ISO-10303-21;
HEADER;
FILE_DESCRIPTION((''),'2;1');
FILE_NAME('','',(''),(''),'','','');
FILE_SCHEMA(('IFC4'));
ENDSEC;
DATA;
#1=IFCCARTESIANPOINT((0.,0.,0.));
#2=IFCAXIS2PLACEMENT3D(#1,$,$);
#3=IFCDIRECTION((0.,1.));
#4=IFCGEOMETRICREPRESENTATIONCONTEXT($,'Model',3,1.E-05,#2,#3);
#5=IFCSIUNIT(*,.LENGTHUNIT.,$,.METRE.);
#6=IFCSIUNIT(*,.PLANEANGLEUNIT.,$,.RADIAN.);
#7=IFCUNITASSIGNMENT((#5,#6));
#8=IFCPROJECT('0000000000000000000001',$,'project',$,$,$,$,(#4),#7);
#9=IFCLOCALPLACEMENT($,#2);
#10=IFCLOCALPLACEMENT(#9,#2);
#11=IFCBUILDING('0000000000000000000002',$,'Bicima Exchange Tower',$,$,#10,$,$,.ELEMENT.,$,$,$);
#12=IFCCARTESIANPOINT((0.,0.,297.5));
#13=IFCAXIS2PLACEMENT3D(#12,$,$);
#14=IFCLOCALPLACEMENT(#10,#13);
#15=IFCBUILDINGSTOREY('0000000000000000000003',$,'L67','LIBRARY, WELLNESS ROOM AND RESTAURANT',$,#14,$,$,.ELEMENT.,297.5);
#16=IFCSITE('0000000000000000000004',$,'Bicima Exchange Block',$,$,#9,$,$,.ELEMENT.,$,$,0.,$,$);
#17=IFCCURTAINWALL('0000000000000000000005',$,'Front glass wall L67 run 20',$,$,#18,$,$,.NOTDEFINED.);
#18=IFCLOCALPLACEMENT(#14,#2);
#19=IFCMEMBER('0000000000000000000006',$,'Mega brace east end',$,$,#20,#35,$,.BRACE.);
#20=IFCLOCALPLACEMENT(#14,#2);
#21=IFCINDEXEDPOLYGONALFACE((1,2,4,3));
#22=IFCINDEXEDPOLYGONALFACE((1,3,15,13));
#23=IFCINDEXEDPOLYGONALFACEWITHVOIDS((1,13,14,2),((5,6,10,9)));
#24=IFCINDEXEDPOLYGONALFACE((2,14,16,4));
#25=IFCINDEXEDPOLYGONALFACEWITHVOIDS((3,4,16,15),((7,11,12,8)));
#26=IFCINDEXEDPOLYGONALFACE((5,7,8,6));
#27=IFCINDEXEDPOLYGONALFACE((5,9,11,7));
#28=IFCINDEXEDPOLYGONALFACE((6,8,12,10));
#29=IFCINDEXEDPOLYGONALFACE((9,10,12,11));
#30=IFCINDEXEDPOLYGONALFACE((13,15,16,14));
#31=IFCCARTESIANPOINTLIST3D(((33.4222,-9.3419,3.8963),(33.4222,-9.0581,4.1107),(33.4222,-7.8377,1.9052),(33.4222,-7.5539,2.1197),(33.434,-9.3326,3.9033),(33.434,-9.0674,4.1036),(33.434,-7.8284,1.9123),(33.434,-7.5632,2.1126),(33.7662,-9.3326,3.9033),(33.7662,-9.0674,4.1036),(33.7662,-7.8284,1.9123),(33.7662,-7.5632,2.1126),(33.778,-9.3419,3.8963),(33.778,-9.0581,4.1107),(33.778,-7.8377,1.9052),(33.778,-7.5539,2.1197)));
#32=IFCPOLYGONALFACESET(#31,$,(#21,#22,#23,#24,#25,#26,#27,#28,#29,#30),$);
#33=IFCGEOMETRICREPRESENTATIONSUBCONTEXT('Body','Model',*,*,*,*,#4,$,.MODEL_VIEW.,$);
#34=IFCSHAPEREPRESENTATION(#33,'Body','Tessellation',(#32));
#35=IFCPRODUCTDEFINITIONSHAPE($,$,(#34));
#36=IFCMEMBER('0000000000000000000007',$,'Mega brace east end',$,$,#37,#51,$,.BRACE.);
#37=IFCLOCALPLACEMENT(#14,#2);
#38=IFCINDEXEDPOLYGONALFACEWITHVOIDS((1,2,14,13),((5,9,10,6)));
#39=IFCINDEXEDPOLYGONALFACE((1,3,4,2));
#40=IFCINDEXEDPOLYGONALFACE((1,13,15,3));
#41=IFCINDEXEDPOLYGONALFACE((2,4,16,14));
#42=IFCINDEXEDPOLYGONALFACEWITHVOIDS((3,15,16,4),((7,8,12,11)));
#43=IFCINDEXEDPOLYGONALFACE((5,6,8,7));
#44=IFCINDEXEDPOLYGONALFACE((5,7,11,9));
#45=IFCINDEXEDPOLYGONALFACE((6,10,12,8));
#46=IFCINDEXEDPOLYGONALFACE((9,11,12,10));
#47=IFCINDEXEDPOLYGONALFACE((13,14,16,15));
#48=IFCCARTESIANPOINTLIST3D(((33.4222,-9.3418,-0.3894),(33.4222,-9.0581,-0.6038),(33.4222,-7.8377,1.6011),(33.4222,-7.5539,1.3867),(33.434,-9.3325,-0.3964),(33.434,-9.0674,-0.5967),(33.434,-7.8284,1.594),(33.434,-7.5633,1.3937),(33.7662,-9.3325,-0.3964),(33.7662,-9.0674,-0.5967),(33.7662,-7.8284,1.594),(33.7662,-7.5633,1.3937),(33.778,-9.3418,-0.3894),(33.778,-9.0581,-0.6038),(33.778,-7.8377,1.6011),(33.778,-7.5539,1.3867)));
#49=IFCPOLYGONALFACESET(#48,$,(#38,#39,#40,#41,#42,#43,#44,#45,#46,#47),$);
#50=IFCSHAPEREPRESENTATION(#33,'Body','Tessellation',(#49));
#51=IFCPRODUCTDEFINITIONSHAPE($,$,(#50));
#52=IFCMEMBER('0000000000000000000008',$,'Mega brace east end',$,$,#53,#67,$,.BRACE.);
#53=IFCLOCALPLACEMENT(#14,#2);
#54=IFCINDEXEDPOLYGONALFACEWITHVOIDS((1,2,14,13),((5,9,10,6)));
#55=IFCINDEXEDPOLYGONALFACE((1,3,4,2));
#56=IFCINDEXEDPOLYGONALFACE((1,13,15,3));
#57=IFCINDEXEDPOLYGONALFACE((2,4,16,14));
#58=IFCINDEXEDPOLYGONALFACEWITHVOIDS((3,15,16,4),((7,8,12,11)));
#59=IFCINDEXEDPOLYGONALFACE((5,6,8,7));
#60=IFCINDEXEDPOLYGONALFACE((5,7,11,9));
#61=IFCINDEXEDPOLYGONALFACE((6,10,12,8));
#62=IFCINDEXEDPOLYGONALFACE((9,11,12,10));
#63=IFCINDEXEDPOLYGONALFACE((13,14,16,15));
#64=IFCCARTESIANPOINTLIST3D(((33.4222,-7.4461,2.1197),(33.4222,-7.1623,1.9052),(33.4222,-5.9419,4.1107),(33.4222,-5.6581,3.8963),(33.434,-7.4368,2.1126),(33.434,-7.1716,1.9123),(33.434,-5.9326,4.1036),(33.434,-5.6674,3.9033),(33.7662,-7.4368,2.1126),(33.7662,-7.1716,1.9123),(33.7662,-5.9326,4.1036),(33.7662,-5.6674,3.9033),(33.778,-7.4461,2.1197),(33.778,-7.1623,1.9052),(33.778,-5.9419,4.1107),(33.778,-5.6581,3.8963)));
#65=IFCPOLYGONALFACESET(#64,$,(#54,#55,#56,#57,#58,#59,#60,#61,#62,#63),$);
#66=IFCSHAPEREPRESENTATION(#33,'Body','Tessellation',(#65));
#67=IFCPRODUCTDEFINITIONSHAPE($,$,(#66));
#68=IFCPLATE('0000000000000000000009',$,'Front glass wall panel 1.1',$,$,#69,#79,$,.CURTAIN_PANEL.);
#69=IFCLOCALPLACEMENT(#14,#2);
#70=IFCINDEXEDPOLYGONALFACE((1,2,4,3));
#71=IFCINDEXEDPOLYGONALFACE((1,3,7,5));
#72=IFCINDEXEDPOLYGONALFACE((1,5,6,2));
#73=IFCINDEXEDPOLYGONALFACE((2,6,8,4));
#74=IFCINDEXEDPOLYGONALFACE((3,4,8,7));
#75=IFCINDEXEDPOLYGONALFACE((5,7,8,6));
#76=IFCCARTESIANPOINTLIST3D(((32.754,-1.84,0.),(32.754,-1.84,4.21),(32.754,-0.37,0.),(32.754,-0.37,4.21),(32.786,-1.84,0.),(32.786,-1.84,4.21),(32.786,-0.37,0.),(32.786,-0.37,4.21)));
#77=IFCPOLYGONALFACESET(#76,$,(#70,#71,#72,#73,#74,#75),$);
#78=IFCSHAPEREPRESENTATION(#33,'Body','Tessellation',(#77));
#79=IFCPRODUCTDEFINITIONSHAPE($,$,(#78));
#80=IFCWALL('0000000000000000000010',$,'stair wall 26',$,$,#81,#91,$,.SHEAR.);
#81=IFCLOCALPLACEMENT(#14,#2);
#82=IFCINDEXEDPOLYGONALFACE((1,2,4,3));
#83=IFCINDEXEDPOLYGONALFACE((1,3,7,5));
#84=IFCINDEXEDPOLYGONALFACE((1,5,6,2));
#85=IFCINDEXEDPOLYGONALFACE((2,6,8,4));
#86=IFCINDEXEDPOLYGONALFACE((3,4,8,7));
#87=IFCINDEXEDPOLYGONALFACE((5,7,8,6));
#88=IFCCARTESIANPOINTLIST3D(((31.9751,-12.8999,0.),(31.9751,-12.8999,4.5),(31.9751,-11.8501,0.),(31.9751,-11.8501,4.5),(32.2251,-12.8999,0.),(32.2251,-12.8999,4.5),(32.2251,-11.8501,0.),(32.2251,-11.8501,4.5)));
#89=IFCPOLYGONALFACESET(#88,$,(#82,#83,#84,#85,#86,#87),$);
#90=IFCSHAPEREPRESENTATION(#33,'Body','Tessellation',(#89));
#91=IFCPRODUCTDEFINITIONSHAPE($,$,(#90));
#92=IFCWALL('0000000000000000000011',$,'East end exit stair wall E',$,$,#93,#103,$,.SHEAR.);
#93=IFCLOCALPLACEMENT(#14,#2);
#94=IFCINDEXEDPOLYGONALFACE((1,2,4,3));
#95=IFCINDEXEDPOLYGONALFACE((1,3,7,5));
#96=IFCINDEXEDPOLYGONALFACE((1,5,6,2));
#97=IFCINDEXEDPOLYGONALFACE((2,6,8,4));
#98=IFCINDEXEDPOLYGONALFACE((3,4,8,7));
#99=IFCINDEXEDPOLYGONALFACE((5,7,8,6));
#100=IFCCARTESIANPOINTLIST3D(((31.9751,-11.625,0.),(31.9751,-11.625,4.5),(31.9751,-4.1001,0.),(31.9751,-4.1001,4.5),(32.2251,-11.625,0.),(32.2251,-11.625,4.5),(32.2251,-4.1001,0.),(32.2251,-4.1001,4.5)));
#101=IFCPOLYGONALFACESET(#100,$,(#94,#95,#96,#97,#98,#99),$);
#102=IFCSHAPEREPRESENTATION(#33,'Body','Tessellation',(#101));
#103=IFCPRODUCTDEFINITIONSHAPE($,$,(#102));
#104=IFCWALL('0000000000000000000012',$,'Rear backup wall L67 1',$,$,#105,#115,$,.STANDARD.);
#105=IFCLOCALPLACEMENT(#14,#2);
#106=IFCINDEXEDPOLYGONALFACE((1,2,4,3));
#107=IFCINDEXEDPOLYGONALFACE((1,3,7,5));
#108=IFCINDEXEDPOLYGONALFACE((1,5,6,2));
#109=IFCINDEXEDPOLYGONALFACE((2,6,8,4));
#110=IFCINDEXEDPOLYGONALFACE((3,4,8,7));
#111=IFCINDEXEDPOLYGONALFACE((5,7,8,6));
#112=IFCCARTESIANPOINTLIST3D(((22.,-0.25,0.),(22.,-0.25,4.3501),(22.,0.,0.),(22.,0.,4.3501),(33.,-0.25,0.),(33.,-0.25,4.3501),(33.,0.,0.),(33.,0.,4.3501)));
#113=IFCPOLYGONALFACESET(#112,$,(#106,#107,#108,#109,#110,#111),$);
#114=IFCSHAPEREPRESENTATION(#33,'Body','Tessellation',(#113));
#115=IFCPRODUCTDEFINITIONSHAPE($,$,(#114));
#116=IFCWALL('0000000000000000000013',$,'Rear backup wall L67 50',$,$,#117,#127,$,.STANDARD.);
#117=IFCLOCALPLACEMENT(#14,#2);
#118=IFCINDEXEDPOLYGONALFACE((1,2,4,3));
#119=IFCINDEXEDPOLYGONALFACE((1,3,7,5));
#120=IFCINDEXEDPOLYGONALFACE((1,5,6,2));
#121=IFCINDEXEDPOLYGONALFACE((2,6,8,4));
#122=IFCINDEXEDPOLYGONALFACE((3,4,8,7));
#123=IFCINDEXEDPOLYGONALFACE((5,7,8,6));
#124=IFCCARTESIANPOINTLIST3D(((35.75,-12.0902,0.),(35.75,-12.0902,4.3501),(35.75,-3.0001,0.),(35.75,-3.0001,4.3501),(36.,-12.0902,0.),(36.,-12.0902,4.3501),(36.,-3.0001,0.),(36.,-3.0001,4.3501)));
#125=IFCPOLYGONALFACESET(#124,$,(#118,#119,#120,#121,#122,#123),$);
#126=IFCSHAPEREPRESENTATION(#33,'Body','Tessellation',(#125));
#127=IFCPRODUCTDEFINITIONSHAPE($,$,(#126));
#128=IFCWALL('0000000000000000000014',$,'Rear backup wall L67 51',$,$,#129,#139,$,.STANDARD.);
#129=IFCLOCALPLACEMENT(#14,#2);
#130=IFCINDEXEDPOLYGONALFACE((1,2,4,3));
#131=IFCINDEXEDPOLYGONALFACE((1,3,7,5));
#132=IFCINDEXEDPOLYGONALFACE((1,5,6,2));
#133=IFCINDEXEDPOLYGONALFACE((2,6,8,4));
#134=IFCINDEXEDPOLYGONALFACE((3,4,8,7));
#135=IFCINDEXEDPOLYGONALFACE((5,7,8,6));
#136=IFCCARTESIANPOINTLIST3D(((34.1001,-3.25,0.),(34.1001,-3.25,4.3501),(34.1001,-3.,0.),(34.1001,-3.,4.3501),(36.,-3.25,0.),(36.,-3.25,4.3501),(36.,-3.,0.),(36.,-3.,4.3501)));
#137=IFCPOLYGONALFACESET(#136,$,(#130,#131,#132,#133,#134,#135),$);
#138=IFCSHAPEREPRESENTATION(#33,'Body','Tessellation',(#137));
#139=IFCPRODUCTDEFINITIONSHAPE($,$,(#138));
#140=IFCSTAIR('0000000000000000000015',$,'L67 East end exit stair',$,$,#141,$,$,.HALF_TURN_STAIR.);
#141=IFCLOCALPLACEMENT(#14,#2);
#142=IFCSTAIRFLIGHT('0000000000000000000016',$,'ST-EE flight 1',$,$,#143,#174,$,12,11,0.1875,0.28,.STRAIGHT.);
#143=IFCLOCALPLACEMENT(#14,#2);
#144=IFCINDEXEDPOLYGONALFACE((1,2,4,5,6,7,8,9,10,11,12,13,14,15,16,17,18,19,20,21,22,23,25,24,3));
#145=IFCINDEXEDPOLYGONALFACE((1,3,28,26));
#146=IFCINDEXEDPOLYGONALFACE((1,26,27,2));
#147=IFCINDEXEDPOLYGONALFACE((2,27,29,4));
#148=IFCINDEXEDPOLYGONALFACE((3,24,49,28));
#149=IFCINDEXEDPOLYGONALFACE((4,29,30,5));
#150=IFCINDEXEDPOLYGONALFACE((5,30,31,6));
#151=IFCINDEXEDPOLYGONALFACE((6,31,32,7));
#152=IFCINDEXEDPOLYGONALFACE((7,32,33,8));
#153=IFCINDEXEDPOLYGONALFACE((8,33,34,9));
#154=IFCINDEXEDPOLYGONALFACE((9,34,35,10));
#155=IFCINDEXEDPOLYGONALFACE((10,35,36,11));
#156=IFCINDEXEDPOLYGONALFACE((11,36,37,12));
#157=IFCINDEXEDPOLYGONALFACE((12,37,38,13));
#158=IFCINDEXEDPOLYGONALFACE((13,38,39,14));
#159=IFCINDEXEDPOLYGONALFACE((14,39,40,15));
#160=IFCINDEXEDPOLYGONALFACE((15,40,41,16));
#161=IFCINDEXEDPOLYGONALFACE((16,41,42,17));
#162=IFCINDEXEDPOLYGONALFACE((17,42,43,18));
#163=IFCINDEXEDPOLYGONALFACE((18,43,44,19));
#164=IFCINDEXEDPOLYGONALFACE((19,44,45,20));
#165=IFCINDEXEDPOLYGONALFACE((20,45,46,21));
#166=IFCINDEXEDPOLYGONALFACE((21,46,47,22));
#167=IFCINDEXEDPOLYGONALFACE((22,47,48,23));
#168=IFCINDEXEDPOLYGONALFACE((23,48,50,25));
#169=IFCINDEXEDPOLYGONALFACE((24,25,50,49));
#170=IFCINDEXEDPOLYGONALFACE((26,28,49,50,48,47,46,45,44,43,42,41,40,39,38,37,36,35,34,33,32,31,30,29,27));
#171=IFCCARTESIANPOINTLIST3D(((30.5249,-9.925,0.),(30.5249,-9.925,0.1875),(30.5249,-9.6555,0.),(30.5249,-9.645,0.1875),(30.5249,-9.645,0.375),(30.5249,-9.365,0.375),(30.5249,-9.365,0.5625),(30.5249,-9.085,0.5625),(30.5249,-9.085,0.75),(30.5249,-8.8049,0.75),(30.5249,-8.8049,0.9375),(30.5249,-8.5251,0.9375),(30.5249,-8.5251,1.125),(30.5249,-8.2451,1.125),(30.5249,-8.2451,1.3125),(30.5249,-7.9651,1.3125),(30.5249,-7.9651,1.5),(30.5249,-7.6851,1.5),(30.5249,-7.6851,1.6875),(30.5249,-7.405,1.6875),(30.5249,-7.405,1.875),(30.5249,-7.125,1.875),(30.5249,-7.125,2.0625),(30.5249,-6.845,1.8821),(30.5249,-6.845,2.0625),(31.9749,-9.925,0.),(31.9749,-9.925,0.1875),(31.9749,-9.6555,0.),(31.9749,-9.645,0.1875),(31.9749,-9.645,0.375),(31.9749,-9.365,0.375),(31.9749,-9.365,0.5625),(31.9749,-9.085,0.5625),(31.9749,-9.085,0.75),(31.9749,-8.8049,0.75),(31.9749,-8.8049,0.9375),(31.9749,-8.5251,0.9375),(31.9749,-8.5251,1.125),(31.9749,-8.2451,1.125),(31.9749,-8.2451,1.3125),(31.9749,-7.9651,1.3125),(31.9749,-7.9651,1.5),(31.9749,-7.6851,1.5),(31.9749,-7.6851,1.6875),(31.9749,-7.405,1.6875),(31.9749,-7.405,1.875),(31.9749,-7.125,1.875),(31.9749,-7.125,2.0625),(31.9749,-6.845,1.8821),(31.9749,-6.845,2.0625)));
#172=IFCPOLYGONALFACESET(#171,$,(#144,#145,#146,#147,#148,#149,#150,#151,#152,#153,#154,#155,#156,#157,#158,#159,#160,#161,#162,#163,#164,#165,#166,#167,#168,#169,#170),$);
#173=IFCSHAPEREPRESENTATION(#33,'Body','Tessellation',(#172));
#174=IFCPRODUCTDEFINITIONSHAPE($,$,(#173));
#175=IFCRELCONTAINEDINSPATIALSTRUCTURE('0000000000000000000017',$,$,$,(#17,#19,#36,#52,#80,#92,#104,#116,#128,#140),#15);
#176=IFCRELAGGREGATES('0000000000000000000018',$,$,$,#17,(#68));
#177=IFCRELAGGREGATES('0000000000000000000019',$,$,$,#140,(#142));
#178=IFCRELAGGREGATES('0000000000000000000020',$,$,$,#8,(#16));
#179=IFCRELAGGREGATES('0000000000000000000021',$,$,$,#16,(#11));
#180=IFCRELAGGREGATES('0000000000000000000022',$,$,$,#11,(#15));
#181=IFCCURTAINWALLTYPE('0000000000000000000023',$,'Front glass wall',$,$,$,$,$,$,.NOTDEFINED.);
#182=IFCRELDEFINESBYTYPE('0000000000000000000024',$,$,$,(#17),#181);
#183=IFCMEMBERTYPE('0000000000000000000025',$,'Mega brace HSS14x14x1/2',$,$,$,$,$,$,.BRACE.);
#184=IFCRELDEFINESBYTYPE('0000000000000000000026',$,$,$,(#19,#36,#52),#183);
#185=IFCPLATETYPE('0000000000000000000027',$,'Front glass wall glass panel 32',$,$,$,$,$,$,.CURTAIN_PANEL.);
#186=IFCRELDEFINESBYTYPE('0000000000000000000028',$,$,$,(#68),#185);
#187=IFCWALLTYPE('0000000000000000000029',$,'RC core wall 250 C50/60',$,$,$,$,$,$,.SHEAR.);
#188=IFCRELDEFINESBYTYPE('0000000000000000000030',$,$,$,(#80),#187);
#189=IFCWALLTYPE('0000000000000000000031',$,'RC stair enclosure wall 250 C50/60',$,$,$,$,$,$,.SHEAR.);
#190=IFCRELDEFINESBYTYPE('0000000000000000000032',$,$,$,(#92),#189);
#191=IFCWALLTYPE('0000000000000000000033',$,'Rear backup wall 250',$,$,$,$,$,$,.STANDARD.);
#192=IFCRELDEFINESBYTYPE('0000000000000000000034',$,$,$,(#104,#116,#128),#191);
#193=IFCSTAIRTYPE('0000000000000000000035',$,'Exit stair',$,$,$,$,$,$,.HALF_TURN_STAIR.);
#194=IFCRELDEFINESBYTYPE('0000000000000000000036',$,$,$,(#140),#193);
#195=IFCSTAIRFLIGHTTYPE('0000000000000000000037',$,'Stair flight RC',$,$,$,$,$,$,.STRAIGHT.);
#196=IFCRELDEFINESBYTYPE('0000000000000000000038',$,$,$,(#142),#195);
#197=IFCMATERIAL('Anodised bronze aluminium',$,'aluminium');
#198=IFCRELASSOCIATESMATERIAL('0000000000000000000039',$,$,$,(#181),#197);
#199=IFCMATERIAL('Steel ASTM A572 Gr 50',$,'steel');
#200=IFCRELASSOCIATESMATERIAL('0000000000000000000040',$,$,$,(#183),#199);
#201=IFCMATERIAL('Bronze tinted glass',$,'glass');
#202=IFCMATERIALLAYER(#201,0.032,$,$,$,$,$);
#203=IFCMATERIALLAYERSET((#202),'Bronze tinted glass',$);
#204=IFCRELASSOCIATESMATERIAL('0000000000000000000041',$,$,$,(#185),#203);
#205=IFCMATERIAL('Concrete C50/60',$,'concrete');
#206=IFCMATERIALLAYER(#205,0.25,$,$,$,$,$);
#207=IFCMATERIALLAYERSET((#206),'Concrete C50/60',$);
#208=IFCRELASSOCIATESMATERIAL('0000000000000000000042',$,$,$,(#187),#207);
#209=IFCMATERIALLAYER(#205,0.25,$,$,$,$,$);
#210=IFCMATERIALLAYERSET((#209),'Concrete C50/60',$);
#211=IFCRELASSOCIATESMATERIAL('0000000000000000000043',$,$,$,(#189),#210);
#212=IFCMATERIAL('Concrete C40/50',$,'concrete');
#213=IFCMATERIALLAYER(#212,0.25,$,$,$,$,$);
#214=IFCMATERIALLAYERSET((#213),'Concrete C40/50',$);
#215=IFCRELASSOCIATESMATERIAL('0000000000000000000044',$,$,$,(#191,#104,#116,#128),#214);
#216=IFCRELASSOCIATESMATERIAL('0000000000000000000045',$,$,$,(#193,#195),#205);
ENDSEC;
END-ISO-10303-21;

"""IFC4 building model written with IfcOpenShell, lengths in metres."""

from ifc_helpers import new_model, si_unit, direction, frame, frame_2d, origin, origin_2d, place, context, subcontext, project, spatial, polyline, rectangle, hollow_rectangle, outline, extrude, material, layer, layer_set, layer_usage, material_profile, profile_set, type_object, element, aggregate, save


model = new_model("IFC4")

# Units and contexts
model_context = context("Model", 3, precision=1e-05, world=origin(), true_north=direction((0.0, 1.0)))
body_context = subcontext(model_context, "Body", "Model", "MODEL_VIEW")
ifc_project = project(units=[si_unit("LENGTHUNIT", "METRE"), si_unit("PLANEANGLEUNIT", "RADIAN")], contexts=[model_context])

# Site, building, storey
site_placement = place(None, origin())
site = spatial("IfcSite", under=ifc_project, at=site_placement, Name="Bicima Exchange Block", CompositionType="ELEMENT", RefElevation=0.0)
building_placement = place(site_placement, origin())
building = spatial("IfcBuilding", under=site, at=building_placement, Name="Bicima Exchange Tower", CompositionType="ELEMENT")
storey_placement = place(building_placement, frame((0.0, 0.0, 297.5)))
storey = spatial("IfcBuildingStorey", under=building, at=storey_placement, Name="L67", Description="LIBRARY, WELLNESS ROOM AND RESTAURANT", CompositionType="ELEMENT", Elevation=297.5)

# Shared definitions
ifc_material_1 = material(Name="Steel ASTM A572 Gr 50", Category="steel")

# Shared definitions
ifc_material_2 = material(Name="Anodised bronze aluminium", Category="aluminium")

# Curtain wall
curtain_wall_type_1 = type_object("IfcCurtainWallType", Name="Front glass wall", PredefinedType="NOTDEFINED", material=ifc_material_2)
curtain_wall_1_placement = place(storey_placement, origin())
curtain_wall_1 = element("IfcCurtainWall", 1, at=curtain_wall_1_placement, inside=storey, type_object=curtain_wall_type_1, Name="Front glass wall L67 run 20", PredefinedType="NOTDEFINED")

# Members
ifc_material_profile_1 = material_profile(ifc_material_1, hollow_rectangle(XDim=0.3557, YDim=0.3557, WallThickness=0.0117, at=origin_2d()))
ifc_profile_set_1 = profile_set([ifc_material_profile_1], Name="Steel ASTM A572 Gr 50")
member_type_1 = type_object("IfcMemberType", Name="Mega brace HSS14x14x1/2", PredefinedType="BRACE", material=ifc_profile_set_1)
member_1_placement = place(storey_placement, frame((33.6001, -7.6958, 2.0125), z_axis=(0.0, -0.602798, 0.797893), x_axis=(1.0, 0.0, 0.0)))
element("IfcMember", 2, at=member_1_placement, inside=storey, type_object=member_type_1, Name="Mega brace east end", PredefinedType="BRACE", context=body_context, shape_type="SweptSolid", body=[
    extrude(hollow_rectangle(XDim=0.3557, YDim=0.3557, WallThickness=0.0117, at=origin_2d()), origin(), (0.0, 0.0, 1.0), 2.4954),
])
member_2_placement = place(storey_placement, frame((33.6001, -9.2, -0.4966), z_axis=(0.0, 0.602893, 0.797822), x_axis=(-1.0, 0.0, 0.0)))
element("IfcMember", 3, at=member_2_placement, inside=storey, type_object=member_type_1, Name="Mega brace east end", PredefinedType="BRACE", context=body_context, shape_type="SweptSolid", body=[
    extrude(hollow_rectangle(XDim=0.3557, YDim=0.3557, WallThickness=0.0117, at=origin_2d()), origin(), (0.0, 0.0, 1.0), 2.4949),
])
member_3_placement = place(storey_placement, frame((33.6001, -7.3042, 2.0125), z_axis=(0.0, 0.602798, 0.797893), x_axis=(-1.0, 0.0, 0.0)))
element("IfcMember", 4, at=member_3_placement, inside=storey, type_object=member_type_1, Name="Mega brace east end", PredefinedType="BRACE", context=body_context, shape_type="SweptSolid", body=[
    extrude(hollow_rectangle(XDim=0.3557, YDim=0.3557, WallThickness=0.0117, at=origin_2d()), origin(), (0.0, 0.0, 1.0), 2.4954),
])

# Plate
ifc_material_3 = material(Name="Bronze tinted glass", Category="glass")
ifc_layer_1 = layer(ifc_material_3, 0.032)
ifc_layer_set_1 = layer_set([ifc_layer_1], Name="Bronze tinted glass")
plate_type = type_object("IfcPlateType", Name="Front glass wall glass panel 32", PredefinedType="CURTAIN_PANEL", material=ifc_layer_set_1)
plate_placement = place(storey_placement, frame((32.77, -1.105, 0.0), z_axis=(0.0, 0.0, 1.0), x_axis=(0.0, 1.0, 0.0)))
plate = element("IfcPlate", 5, at=plate_placement, type_object=plate_type, Name="Front glass wall panel 1.1", PredefinedType="CURTAIN_PANEL", context=body_context, shape_type="SweptSolid", body=[
    extrude(rectangle(XDim=1.47, YDim=0.032, at=origin_2d()), origin(), (0.0, 0.0, 1.0), 4.21),
])
aggregate(curtain_wall_1, [plate])

# Walls
ifc_material_4 = material(Name="Concrete C50/60", Category="concrete")
ifc_layer_2 = layer(ifc_material_4, 0.25)
ifc_layer_set_2 = layer_set([ifc_layer_2], Name="Concrete C50/60")
wall_type_1 = type_object("IfcWallType", Name="RC core wall 250 C50/60", PredefinedType="SHEAR", material=ifc_layer_set_2)
wall_1_placement = place(storey_placement, frame((32.1001, -12.8999, 0.0), z_axis=(0.0, 0.0, 1.0), x_axis=(0.0, 1.0, 0.0)))
element("IfcWall", 6, at=wall_1_placement, inside=storey, type_object=wall_type_1, Name="stair wall 26", PredefinedType="SHEAR", context=body_context, shape_type="SweptSolid", body=[
    extrude(rectangle(XDim=1.0498, YDim=0.25, at=frame_2d((0.5249, 0.0))), origin(), (0.0, 0.0, 1.0), 4.5),
])
ifc_layer_3 = layer(ifc_material_4, 0.25)
ifc_layer_set_3 = layer_set([ifc_layer_3], Name="Concrete C50/60")
wall_type_2 = type_object("IfcWallType", Name="RC stair enclosure wall 250 C50/60", PredefinedType="SHEAR", material=ifc_layer_set_3)
wall_2_placement = place(storey_placement, frame((32.1001, -11.625, 0.0), z_axis=(0.0, 0.0, 1.0), x_axis=(0.0, 1.0, 0.0)))
element("IfcWall", 7, at=wall_2_placement, inside=storey, type_object=wall_type_2, Name="East end exit stair wall E", PredefinedType="SHEAR", context=body_context, shape_type="SweptSolid", body=[
    extrude(rectangle(XDim=7.5249, YDim=0.25, at=frame_2d((3.7625, 0.0))), origin(), (0.0, 0.0, 1.0), 4.5),
])
ifc_material_5 = material(Name="Concrete C40/50", Category="concrete")
ifc_layer_4 = layer(ifc_material_5, 0.25)
ifc_layer_set_4 = layer_set([ifc_layer_4], Name="Concrete C40/50")
ifc_layer_usage = layer_usage(ifc_layer_set_4, "AXIS2", "POSITIVE", -0.125)
wall_type_3 = type_object("IfcWallType", Name="Rear backup wall 250", PredefinedType="STANDARD", material=ifc_layer_set_4)
wall_3_placement = place(storey_placement, frame((33.0, -0.125, 0.0), z_axis=(0.0, 0.0, 1.0), x_axis=(-1.0, 0.0, 0.0)))
element("IfcWall", 8, at=wall_3_placement, inside=storey, type_object=wall_type_3, material=ifc_layer_usage, Name="Rear backup wall L67 1", PredefinedType="STANDARD", context=body_context, shape_type="SweptSolid", body=[
    extrude(rectangle(XDim=11.0, YDim=0.25, at=frame_2d((5.5, 0.0))), origin(), (0.0, 0.0, 1.0), 4.3501),
])
wall_4_placement = place(storey_placement, frame((35.875, -12.0901, 0.0), z_axis=(0.0, 0.0, 1.0), x_axis=(0.0, 1.0, 0.0)))
element("IfcWall", 9, at=wall_4_placement, inside=storey, type_object=wall_type_3, material=ifc_layer_usage, Name="Rear backup wall L67 50", PredefinedType="STANDARD", context=body_context, shape_type="SweptSolid", body=[
    extrude(rectangle(XDim=9.0901, YDim=0.25, at=frame_2d((4.5449, 0.0))), origin(), (0.0, 0.0, 1.0), 4.3501),
])
wall_5_placement = place(storey_placement, frame((36.0, -3.125, 0.0), z_axis=(0.0, 0.0, 1.0), x_axis=(-1.0, 0.0, 0.0)))
element("IfcWall", 10, at=wall_5_placement, inside=storey, type_object=wall_type_3, material=ifc_layer_usage, Name="Rear backup wall L67 51", PredefinedType="STANDARD", context=body_context, shape_type="SweptSolid", body=[
    extrude(rectangle(XDim=1.8999, YDim=0.25, at=frame_2d((0.95, 0.0))), origin(), (0.0, 0.0, 1.0), 4.3501),
])

# Stair, stair flight
stair_type = type_object("IfcStairType", Name="Exit stair", PredefinedType="HALF_TURN_STAIR", material=ifc_material_4)
stair_placement = place(storey_placement, origin())
stair = element("IfcStair", 11, at=stair_placement, inside=storey, type_object=stair_type, Name="L67 East end exit stair", PredefinedType="HALF_TURN_STAIR")
stair_flight_type = type_object("IfcStairFlightType", Name="Stair flight RC", PredefinedType="STRAIGHT", material=ifc_material_4)
stair_flight_placement = place(storey_placement, frame((31.25, -9.925, 0.0), z_axis=(0.0, 0.0, 1.0), x_axis=(0.0, 1.0, 0.0)))
stair_flight = element("IfcStairFlight", 12, at=stair_flight_placement, type_object=stair_flight_type, Name="ST-EE flight 1", NumberOfRisers=12, NumberOfTreads=11, PredefinedType="STRAIGHT", RiserHeight=0.1875, TreadLength=0.28, context=body_context, shape_type="SweptSolid", body=[
    extrude(outline(polyline([(0.0, 0.0), (0.0, 0.1875), (0.28, 0.1875), (0.28, 0.375), (0.5601, 0.375), (0.5601, 0.5625), (0.8401, 0.5625), (0.8401, 0.75), (1.1201, 0.75), (1.1201, 0.9375), (1.3999, 0.9375), (1.3999, 1.125), (1.6799, 1.125), (1.6799, 1.3125), (1.96, 1.3125), (1.96, 1.5), (2.24, 1.5), (2.24, 1.6875), (2.52, 1.6875), (2.52, 1.875), (2.8, 1.875), (2.8, 2.0625), (3.0801, 2.0625), (3.0801, 2.25), (3.0801, 1.8821), (0.2695, 0.0), (0.0, 0.0)])), frame((0.0, 0.7251, 0.0), z_axis=(0.0, -1.0, 0.0), x_axis=(1.0, 0.0, 0.0)), (0.0, 0.0, 1.0), 1.45),
])
aggregate(stair, [stair_flight])

save(model, "model.ifc")
